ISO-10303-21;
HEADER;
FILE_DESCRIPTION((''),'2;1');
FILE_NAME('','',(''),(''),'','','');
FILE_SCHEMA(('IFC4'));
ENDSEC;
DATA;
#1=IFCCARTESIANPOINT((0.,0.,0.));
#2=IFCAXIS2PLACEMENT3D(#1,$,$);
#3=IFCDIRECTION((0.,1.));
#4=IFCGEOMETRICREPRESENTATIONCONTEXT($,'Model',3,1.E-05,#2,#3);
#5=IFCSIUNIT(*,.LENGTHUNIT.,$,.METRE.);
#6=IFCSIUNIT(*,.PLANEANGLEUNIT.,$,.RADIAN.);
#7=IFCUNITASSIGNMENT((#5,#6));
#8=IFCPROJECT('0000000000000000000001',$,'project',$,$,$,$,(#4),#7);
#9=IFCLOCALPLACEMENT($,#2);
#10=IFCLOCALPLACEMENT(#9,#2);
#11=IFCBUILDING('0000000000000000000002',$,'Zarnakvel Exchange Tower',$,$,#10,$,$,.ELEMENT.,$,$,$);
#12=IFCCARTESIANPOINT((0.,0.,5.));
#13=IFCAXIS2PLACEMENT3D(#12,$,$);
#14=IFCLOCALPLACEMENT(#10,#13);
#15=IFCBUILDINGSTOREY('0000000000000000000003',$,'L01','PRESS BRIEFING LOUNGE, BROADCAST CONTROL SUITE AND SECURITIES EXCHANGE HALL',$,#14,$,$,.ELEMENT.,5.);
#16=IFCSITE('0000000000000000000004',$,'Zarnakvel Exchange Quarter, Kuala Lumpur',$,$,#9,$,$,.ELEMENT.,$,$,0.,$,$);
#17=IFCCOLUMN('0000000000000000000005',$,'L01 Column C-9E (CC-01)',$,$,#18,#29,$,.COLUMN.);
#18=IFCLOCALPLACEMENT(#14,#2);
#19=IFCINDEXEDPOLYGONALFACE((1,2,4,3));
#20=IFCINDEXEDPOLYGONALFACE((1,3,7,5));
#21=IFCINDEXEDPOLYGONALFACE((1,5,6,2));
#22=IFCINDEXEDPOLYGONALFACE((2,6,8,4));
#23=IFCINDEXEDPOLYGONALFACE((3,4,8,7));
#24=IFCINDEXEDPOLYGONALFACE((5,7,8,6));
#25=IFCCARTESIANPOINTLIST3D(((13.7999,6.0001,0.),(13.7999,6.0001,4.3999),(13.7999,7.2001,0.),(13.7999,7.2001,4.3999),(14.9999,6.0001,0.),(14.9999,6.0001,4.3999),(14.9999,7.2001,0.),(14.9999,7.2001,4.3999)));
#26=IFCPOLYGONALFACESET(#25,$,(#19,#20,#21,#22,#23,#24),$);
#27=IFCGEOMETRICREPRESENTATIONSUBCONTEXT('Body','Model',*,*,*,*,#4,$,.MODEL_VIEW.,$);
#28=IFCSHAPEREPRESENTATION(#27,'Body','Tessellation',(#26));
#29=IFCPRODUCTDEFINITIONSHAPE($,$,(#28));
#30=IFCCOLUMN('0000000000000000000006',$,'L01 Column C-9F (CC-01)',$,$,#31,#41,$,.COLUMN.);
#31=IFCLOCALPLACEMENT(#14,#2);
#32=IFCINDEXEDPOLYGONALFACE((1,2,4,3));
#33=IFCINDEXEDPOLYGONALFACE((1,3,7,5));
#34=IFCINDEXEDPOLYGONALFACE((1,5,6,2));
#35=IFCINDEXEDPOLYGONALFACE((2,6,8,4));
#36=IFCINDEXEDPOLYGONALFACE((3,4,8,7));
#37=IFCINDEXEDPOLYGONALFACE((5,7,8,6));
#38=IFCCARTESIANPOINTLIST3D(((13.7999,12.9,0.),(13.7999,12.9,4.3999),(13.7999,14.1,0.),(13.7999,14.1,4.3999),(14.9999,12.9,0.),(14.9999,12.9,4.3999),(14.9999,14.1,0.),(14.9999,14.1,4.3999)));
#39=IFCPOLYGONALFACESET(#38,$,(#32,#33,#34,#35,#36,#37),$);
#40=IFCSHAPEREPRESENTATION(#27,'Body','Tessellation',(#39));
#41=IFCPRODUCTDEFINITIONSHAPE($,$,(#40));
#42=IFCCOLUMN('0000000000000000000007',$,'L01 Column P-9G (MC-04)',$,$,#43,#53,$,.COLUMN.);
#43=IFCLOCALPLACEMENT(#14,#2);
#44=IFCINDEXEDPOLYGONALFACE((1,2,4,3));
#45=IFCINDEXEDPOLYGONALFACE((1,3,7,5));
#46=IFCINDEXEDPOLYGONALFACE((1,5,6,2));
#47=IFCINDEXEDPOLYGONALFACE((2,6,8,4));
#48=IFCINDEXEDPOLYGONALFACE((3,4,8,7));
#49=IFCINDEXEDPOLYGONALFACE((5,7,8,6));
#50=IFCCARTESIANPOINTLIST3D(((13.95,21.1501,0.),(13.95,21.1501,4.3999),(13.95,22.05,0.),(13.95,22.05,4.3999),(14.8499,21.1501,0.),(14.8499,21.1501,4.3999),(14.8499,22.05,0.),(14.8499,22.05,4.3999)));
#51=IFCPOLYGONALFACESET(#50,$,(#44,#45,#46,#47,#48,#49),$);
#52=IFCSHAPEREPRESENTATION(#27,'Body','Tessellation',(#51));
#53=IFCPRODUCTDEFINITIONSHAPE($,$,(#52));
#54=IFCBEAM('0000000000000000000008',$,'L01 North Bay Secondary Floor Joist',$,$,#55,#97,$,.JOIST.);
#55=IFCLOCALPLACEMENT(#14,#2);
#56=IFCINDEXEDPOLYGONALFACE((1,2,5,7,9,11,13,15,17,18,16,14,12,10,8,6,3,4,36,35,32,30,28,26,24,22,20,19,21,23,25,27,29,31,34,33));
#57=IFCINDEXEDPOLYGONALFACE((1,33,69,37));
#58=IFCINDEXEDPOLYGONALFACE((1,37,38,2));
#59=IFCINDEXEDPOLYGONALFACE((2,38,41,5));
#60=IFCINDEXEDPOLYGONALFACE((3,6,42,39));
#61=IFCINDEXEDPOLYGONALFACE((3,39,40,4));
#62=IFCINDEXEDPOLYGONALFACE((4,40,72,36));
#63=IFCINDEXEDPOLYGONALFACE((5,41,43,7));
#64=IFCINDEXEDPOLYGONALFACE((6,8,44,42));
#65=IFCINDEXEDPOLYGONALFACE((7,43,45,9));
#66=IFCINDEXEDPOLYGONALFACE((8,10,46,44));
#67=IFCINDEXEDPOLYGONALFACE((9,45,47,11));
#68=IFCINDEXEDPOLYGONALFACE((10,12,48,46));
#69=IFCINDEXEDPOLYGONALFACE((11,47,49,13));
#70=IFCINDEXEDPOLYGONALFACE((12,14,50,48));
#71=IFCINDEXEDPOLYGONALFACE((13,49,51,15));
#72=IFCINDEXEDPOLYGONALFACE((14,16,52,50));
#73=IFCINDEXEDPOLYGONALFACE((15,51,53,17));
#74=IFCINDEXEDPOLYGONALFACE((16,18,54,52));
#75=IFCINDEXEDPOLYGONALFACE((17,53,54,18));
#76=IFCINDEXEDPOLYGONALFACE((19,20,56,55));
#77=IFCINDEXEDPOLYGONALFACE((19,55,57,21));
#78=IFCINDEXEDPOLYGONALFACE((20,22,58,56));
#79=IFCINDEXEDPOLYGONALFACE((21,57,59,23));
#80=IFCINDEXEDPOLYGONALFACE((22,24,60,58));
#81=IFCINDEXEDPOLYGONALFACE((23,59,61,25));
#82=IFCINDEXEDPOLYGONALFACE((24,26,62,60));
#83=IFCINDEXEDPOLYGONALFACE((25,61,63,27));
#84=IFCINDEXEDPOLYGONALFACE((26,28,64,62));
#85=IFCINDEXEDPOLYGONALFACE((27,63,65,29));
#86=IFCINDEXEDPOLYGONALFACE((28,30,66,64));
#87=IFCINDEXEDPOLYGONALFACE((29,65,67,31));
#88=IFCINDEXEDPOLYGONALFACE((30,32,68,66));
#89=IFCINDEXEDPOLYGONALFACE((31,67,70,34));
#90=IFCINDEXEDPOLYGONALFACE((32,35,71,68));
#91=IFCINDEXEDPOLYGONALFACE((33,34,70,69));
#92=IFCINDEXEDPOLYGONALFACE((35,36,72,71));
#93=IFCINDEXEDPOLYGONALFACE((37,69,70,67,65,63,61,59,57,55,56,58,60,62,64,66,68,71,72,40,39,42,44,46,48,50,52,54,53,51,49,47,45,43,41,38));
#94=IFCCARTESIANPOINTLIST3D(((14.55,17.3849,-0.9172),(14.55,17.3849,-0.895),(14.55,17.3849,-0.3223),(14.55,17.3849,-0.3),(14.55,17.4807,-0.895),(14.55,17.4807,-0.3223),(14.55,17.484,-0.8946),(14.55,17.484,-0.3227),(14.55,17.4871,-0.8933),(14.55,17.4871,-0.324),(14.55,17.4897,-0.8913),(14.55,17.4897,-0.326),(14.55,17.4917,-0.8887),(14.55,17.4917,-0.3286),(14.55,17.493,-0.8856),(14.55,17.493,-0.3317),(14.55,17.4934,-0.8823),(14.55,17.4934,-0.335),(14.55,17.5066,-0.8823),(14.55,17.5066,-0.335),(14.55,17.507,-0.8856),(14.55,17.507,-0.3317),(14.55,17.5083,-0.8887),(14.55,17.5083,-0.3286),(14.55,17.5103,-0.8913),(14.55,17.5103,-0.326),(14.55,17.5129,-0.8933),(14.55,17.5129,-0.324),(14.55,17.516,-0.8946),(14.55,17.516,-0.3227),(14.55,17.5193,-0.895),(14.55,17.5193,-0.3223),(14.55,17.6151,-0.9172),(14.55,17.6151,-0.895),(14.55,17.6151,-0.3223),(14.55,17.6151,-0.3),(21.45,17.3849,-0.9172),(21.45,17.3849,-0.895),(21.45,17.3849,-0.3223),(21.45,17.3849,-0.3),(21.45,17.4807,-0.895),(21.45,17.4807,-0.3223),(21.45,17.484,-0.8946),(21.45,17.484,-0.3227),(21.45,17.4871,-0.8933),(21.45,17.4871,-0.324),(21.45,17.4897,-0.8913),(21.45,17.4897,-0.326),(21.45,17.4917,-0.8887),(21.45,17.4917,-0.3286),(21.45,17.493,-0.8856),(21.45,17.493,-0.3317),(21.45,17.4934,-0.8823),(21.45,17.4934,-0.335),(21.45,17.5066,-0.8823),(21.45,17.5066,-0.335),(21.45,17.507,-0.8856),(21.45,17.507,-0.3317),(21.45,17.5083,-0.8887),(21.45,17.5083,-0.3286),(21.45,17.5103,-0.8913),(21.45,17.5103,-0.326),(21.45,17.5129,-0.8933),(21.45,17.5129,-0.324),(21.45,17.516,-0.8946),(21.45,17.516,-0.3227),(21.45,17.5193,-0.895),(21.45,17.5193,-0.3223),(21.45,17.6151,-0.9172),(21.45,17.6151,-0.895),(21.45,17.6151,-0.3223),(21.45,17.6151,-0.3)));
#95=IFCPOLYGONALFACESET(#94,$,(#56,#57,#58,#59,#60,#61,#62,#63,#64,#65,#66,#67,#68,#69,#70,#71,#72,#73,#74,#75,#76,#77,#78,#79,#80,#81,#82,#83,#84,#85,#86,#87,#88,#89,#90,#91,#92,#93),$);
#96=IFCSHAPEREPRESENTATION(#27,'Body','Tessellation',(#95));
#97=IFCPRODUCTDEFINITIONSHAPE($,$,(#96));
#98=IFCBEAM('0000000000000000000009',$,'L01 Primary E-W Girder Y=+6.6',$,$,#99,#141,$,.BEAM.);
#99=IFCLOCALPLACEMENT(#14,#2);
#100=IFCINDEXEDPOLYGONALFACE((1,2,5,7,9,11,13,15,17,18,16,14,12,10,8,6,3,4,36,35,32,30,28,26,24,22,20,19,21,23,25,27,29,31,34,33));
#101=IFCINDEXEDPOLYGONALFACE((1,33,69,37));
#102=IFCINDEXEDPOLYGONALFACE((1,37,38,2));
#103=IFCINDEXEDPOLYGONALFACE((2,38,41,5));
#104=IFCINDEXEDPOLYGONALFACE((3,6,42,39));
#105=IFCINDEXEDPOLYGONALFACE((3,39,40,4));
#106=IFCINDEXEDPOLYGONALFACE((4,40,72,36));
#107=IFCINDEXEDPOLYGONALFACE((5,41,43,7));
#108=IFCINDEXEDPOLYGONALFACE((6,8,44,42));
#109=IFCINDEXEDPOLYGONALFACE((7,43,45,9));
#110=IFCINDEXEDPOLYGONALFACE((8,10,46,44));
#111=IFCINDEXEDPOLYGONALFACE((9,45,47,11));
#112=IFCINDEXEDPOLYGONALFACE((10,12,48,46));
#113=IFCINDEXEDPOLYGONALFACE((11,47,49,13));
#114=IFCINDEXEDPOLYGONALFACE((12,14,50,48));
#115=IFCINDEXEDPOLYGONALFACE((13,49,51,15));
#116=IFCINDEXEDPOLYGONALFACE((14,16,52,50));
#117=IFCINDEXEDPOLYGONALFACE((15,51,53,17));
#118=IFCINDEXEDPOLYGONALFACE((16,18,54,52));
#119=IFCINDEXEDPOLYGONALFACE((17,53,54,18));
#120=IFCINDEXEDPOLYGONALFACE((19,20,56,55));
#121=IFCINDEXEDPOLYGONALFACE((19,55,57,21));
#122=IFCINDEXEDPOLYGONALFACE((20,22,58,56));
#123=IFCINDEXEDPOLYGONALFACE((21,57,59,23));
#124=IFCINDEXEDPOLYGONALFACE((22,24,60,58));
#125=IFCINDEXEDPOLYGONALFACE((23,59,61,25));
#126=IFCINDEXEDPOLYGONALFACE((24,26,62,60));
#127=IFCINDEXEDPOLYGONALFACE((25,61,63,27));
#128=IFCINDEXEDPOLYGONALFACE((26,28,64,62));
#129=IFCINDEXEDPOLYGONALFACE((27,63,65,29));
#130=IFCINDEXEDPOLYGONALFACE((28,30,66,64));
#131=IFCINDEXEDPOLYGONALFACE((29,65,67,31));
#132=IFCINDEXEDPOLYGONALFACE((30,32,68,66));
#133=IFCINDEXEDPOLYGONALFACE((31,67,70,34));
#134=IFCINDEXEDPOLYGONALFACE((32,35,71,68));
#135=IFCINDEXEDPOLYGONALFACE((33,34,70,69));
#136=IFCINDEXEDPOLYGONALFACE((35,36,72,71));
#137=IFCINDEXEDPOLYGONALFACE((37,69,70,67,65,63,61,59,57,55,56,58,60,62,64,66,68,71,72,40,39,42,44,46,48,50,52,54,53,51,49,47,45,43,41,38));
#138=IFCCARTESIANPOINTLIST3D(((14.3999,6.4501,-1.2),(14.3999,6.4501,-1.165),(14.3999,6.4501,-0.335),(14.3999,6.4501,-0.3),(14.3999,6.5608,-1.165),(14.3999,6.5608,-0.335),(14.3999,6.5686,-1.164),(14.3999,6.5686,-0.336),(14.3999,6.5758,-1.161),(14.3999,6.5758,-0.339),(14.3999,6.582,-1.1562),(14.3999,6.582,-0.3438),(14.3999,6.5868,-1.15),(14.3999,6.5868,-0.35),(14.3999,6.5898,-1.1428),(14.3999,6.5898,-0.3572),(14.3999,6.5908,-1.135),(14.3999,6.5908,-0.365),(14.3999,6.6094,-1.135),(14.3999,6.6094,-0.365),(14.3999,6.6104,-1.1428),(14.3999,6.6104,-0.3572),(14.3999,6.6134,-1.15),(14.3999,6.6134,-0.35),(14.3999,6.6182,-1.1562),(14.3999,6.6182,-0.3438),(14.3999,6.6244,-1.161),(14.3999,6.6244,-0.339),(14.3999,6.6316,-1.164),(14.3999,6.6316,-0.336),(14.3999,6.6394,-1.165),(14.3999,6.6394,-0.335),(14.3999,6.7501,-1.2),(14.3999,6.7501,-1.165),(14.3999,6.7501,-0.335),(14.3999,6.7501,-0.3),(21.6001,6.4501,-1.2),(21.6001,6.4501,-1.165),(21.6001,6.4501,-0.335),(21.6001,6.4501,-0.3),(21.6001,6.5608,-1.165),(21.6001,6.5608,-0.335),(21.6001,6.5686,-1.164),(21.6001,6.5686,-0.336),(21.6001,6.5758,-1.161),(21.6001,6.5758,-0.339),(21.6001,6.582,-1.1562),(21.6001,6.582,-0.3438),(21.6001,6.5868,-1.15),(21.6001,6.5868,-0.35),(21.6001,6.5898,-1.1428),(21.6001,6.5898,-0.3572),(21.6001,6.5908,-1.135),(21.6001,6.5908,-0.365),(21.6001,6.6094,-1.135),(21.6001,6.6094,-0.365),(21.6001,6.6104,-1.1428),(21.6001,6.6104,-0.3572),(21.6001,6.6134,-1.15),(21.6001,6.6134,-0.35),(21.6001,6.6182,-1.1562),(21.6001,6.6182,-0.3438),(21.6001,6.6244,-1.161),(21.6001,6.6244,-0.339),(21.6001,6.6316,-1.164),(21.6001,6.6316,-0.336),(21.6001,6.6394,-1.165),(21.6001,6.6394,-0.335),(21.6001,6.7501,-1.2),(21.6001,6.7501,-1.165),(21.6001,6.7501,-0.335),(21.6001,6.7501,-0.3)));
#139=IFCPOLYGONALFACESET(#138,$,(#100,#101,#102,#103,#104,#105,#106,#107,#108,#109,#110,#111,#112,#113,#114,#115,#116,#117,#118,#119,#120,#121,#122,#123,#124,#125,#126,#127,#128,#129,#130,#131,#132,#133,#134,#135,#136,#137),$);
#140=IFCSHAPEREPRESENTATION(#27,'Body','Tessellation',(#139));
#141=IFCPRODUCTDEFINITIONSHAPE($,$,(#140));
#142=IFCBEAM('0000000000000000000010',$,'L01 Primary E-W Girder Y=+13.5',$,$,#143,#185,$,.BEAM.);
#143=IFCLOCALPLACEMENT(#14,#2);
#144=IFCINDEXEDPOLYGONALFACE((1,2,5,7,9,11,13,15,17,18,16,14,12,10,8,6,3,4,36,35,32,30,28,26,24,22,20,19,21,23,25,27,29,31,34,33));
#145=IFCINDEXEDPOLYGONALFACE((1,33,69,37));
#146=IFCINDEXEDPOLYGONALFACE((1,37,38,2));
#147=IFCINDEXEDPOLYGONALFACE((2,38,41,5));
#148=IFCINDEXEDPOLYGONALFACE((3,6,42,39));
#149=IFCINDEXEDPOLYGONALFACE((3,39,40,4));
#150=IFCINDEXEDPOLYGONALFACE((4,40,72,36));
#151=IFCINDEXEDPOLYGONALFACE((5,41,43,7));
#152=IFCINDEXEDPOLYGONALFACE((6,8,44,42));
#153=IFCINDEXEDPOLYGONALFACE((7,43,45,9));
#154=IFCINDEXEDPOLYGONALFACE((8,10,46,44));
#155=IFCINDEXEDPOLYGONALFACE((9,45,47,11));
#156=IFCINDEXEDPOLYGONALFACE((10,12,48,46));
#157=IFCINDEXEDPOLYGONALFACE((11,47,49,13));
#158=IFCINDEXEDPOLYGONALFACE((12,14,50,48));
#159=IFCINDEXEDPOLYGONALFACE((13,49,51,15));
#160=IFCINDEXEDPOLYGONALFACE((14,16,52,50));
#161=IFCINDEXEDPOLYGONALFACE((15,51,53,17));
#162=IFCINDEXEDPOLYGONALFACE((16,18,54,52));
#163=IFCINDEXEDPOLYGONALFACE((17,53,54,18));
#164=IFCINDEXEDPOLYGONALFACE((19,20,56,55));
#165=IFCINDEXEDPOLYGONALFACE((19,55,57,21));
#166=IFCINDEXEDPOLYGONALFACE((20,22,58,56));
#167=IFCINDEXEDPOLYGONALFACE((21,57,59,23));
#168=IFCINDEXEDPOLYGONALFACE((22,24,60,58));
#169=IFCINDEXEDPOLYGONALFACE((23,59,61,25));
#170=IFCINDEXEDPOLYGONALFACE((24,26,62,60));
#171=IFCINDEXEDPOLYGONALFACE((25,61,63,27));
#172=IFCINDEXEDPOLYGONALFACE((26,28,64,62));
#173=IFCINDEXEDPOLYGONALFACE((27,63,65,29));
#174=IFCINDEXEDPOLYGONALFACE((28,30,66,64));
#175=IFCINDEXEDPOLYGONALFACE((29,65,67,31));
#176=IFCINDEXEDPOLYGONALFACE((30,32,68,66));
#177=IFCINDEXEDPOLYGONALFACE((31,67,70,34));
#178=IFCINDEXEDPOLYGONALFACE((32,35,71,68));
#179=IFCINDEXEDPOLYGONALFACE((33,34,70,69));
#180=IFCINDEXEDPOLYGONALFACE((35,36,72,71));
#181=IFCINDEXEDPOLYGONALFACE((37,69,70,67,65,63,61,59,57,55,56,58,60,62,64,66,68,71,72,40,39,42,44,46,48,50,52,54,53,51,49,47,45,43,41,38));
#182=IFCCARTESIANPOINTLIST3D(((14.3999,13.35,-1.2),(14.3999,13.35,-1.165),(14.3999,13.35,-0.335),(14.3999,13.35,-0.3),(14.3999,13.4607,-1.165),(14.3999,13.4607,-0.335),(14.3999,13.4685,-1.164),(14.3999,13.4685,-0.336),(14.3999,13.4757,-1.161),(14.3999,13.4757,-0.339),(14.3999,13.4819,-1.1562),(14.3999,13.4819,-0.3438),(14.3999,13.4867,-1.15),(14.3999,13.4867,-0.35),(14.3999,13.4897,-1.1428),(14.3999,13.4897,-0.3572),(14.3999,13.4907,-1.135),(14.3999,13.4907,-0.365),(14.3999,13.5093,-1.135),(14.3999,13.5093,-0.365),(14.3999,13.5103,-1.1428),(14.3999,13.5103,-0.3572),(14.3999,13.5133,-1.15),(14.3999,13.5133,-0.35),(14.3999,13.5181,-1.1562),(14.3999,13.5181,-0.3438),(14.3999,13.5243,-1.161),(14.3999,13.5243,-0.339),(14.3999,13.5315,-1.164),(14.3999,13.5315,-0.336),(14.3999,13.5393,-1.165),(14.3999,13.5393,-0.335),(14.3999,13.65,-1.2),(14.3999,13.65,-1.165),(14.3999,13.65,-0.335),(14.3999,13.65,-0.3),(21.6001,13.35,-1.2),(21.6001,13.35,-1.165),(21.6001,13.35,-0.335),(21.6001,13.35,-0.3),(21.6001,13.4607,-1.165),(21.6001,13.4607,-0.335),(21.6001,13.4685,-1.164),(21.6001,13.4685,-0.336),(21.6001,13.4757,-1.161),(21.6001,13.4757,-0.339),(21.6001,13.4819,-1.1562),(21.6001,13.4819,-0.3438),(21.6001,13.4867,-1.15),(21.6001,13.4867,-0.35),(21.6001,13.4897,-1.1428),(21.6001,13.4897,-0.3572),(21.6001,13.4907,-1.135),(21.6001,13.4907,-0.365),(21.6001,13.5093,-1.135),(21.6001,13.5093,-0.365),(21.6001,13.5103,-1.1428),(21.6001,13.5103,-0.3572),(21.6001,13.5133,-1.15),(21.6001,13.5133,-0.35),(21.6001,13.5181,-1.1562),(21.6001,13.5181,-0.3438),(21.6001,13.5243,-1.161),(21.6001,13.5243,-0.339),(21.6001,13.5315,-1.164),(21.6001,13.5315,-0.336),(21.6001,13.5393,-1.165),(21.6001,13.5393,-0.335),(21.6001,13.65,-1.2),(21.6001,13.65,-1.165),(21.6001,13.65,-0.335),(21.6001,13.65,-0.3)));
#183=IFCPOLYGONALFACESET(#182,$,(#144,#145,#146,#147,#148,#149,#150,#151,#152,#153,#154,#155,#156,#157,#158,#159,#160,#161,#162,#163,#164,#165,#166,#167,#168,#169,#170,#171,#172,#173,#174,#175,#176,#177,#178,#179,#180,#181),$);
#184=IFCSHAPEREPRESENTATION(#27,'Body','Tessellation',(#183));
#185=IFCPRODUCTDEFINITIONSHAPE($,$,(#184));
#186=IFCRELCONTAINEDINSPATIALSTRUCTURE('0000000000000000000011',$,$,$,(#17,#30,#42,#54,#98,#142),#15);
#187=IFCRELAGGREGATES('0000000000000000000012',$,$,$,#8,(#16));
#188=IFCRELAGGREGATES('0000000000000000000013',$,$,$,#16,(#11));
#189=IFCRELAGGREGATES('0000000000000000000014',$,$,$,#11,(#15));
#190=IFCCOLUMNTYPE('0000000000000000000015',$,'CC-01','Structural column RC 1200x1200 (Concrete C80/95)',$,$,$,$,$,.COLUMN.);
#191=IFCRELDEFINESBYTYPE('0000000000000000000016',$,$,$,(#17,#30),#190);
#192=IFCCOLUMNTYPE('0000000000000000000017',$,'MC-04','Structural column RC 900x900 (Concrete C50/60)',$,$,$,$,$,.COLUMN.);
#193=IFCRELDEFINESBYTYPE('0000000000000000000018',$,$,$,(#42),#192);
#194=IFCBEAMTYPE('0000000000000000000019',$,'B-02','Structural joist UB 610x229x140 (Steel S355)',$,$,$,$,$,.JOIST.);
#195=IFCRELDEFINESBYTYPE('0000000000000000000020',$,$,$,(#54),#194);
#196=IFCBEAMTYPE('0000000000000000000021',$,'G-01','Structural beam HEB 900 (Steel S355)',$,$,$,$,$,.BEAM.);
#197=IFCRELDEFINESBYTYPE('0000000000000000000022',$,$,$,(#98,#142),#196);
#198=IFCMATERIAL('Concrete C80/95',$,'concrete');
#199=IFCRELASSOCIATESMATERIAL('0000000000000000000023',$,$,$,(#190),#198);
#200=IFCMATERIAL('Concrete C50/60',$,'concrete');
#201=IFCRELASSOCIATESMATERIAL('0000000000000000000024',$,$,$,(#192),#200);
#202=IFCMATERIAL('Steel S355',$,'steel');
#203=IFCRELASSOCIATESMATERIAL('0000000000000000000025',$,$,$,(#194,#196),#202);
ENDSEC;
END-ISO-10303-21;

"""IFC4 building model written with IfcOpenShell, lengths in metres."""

from ifc_helpers import new_model, si_unit, direction, frame, origin, origin_2d, place, context, subcontext, project, spatial, rectangle, i_section, extrude, material, material_profile, profile_set, type_object, element, save


model = new_model("IFC4")

# Units and contexts
model_context = context("Model", 3, precision=1e-05, world=origin(), true_north=direction((0.0, 1.0)))
body_context = subcontext(model_context, "Body", "Model", "MODEL_VIEW")
ifc_project = project(units=[si_unit("LENGTHUNIT", "METRE"), si_unit("PLANEANGLEUNIT", "RADIAN")], contexts=[model_context])

# Site, building, storey
site_placement = place(None, origin())
site = spatial("IfcSite", under=ifc_project, at=site_placement, Name="Zarnakvel Exchange Quarter, Kuala Lumpur", CompositionType="ELEMENT", RefElevation=0.0)
building_placement = place(site_placement, origin())
building = spatial("IfcBuilding", under=site, at=building_placement, Name="Zarnakvel Exchange Tower", CompositionType="ELEMENT")
storey_placement = place(building_placement, frame((0.0, 0.0, 5.0)))
storey = spatial("IfcBuildingStorey", under=building, at=storey_placement, Name="L01", Description="PRESS BRIEFING LOUNGE, BROADCAST CONTROL SUITE AND SECURITIES EXCHANGE HALL", CompositionType="ELEMENT", Elevation=5.0)

# Columns
ifc_material_1 = material(Name="Concrete C80/95", Category="concrete")
ifc_material_profile_1 = material_profile(ifc_material_1, rectangle(XDim=1.2, YDim=1.2, at=origin_2d()))
ifc_profile_set_1 = profile_set([ifc_material_profile_1], Name="Concrete C80/95")
column_type_1 = type_object("IfcColumnType", Name="CC-01", Description="Structural column RC 1200x1200 (Concrete C80/95)", PredefinedType="COLUMN", material=ifc_profile_set_1)
for number, where, z_axis, x_axis, name in (
    (1, (14.3999, 6.6001, 0.0), (0.0, 0.0, 1.0), (1.0, 0.0, 0.0), "L01 Column C-9E (CC-01)"),
    (2, (14.3999, 13.5, 0.0), (0.0, 0.0, 1.0), (1.0, 0.0, 0.0), "L01 Column C-9F (CC-01)"),
):
    element("IfcColumn", number, at=place(storey_placement, frame(where, z_axis=z_axis, x_axis=x_axis)), inside=storey, type_object=column_type_1, Name=name, PredefinedType="COLUMN", context=body_context, shape_type="SweptSolid", body=[
        extrude(rectangle(XDim=1.2, YDim=1.2, at=origin_2d()), origin(), (0.0, 0.0, 1.0), 4.3999),
    ])
ifc_material_2 = material(Name="Concrete C50/60", Category="concrete")
ifc_material_profile_2 = material_profile(ifc_material_2, rectangle(XDim=0.8999, YDim=0.8999, at=origin_2d()))
ifc_profile_set_2 = profile_set([ifc_material_profile_2], Name="Concrete C50/60")
column_type_2 = type_object("IfcColumnType", Name="MC-04", Description="Structural column RC 900x900 (Concrete C50/60)", PredefinedType="COLUMN", material=ifc_profile_set_2)
column_placement = place(storey_placement, frame((14.3999, 21.6001, 0.0), z_axis=(0.0, 0.0, 1.0), x_axis=(1.0, 0.0, 0.0)))
element("IfcColumn", 3, at=column_placement, inside=storey, type_object=column_type_2, Name="L01 Column P-9G (MC-04)", PredefinedType="COLUMN", context=body_context, shape_type="SweptSolid", body=[
    extrude(rectangle(XDim=0.8999, YDim=0.8999, at=origin_2d()), origin(), (0.0, 0.0, 1.0), 4.3999),
])

# Beams
ifc_material_3 = material(Name="Steel S355", Category="steel")
ifc_material_profile_3 = material_profile(ifc_material_3, i_section(OverallWidth=0.2302, OverallDepth=0.6172, WebThickness=0.0132, FlangeThickness=0.0222, FilletRadius=0.0127, at=origin_2d()))
ifc_profile_set_3 = profile_set([ifc_material_profile_3], Name="Steel S355")
beam_type_1 = type_object("IfcBeamType", Name="B-02", Description="Structural joist UB 610x229x140 (Steel S355)", PredefinedType="JOIST", material=ifc_profile_set_3)
beam_1_placement = place(storey_placement, frame((14.55, 17.5, -0.6086), z_axis=(1.0, 0.0, 0.0), x_axis=(0.0, 1.0, 0.0)))
element("IfcBeam", 4, at=beam_1_placement, inside=storey, type_object=beam_type_1, Name="L01 North Bay Secondary Floor Joist", PredefinedType="JOIST", context=body_context, shape_type="SweptSolid", body=[
    extrude(i_section(OverallWidth=0.2302, OverallDepth=0.6172, WebThickness=0.0132, FlangeThickness=0.0222, FilletRadius=0.0127, at=origin_2d()), origin(), (0.0, 0.0, 1.0), 6.8999),
])
ifc_material_profile_4 = material_profile(ifc_material_3, i_section(OverallWidth=0.3, OverallDepth=0.8999, WebThickness=0.0186, FlangeThickness=0.0349, FilletRadius=0.03, at=origin_2d()))
ifc_profile_set_4 = profile_set([ifc_material_profile_4], Name="Steel S355")
beam_type_2 = type_object("IfcBeamType", Name="G-01", Description="Structural beam HEB 900 (Steel S355)", PredefinedType="BEAM", material=ifc_profile_set_4)
for number, where, z_axis, x_axis, name in (
    (5, (14.3999, 6.6001, -0.75), (1.0, 0.0, 0.0), (0.0, 1.0, 0.0), "L01 Primary E-W Girder Y=+6.6"),
    (6, (14.3999, 13.5, -0.75), (1.0, 0.0, 0.0), (0.0, 1.0, 0.0), "L01 Primary E-W Girder Y=+13.5"),
):
    element("IfcBeam", number, at=place(storey_placement, frame(where, z_axis=z_axis, x_axis=x_axis)), inside=storey, type_object=beam_type_2, Name=name, PredefinedType="BEAM", context=body_context, shape_type="SweptSolid", body=[
        extrude(i_section(OverallWidth=0.3, OverallDepth=0.8999, WebThickness=0.0186, FlangeThickness=0.0349, FilletRadius=0.03, at=origin_2d()), origin(), (0.0, 0.0, 1.0), 7.2002),
    ])

save(model, "model.ifc")
